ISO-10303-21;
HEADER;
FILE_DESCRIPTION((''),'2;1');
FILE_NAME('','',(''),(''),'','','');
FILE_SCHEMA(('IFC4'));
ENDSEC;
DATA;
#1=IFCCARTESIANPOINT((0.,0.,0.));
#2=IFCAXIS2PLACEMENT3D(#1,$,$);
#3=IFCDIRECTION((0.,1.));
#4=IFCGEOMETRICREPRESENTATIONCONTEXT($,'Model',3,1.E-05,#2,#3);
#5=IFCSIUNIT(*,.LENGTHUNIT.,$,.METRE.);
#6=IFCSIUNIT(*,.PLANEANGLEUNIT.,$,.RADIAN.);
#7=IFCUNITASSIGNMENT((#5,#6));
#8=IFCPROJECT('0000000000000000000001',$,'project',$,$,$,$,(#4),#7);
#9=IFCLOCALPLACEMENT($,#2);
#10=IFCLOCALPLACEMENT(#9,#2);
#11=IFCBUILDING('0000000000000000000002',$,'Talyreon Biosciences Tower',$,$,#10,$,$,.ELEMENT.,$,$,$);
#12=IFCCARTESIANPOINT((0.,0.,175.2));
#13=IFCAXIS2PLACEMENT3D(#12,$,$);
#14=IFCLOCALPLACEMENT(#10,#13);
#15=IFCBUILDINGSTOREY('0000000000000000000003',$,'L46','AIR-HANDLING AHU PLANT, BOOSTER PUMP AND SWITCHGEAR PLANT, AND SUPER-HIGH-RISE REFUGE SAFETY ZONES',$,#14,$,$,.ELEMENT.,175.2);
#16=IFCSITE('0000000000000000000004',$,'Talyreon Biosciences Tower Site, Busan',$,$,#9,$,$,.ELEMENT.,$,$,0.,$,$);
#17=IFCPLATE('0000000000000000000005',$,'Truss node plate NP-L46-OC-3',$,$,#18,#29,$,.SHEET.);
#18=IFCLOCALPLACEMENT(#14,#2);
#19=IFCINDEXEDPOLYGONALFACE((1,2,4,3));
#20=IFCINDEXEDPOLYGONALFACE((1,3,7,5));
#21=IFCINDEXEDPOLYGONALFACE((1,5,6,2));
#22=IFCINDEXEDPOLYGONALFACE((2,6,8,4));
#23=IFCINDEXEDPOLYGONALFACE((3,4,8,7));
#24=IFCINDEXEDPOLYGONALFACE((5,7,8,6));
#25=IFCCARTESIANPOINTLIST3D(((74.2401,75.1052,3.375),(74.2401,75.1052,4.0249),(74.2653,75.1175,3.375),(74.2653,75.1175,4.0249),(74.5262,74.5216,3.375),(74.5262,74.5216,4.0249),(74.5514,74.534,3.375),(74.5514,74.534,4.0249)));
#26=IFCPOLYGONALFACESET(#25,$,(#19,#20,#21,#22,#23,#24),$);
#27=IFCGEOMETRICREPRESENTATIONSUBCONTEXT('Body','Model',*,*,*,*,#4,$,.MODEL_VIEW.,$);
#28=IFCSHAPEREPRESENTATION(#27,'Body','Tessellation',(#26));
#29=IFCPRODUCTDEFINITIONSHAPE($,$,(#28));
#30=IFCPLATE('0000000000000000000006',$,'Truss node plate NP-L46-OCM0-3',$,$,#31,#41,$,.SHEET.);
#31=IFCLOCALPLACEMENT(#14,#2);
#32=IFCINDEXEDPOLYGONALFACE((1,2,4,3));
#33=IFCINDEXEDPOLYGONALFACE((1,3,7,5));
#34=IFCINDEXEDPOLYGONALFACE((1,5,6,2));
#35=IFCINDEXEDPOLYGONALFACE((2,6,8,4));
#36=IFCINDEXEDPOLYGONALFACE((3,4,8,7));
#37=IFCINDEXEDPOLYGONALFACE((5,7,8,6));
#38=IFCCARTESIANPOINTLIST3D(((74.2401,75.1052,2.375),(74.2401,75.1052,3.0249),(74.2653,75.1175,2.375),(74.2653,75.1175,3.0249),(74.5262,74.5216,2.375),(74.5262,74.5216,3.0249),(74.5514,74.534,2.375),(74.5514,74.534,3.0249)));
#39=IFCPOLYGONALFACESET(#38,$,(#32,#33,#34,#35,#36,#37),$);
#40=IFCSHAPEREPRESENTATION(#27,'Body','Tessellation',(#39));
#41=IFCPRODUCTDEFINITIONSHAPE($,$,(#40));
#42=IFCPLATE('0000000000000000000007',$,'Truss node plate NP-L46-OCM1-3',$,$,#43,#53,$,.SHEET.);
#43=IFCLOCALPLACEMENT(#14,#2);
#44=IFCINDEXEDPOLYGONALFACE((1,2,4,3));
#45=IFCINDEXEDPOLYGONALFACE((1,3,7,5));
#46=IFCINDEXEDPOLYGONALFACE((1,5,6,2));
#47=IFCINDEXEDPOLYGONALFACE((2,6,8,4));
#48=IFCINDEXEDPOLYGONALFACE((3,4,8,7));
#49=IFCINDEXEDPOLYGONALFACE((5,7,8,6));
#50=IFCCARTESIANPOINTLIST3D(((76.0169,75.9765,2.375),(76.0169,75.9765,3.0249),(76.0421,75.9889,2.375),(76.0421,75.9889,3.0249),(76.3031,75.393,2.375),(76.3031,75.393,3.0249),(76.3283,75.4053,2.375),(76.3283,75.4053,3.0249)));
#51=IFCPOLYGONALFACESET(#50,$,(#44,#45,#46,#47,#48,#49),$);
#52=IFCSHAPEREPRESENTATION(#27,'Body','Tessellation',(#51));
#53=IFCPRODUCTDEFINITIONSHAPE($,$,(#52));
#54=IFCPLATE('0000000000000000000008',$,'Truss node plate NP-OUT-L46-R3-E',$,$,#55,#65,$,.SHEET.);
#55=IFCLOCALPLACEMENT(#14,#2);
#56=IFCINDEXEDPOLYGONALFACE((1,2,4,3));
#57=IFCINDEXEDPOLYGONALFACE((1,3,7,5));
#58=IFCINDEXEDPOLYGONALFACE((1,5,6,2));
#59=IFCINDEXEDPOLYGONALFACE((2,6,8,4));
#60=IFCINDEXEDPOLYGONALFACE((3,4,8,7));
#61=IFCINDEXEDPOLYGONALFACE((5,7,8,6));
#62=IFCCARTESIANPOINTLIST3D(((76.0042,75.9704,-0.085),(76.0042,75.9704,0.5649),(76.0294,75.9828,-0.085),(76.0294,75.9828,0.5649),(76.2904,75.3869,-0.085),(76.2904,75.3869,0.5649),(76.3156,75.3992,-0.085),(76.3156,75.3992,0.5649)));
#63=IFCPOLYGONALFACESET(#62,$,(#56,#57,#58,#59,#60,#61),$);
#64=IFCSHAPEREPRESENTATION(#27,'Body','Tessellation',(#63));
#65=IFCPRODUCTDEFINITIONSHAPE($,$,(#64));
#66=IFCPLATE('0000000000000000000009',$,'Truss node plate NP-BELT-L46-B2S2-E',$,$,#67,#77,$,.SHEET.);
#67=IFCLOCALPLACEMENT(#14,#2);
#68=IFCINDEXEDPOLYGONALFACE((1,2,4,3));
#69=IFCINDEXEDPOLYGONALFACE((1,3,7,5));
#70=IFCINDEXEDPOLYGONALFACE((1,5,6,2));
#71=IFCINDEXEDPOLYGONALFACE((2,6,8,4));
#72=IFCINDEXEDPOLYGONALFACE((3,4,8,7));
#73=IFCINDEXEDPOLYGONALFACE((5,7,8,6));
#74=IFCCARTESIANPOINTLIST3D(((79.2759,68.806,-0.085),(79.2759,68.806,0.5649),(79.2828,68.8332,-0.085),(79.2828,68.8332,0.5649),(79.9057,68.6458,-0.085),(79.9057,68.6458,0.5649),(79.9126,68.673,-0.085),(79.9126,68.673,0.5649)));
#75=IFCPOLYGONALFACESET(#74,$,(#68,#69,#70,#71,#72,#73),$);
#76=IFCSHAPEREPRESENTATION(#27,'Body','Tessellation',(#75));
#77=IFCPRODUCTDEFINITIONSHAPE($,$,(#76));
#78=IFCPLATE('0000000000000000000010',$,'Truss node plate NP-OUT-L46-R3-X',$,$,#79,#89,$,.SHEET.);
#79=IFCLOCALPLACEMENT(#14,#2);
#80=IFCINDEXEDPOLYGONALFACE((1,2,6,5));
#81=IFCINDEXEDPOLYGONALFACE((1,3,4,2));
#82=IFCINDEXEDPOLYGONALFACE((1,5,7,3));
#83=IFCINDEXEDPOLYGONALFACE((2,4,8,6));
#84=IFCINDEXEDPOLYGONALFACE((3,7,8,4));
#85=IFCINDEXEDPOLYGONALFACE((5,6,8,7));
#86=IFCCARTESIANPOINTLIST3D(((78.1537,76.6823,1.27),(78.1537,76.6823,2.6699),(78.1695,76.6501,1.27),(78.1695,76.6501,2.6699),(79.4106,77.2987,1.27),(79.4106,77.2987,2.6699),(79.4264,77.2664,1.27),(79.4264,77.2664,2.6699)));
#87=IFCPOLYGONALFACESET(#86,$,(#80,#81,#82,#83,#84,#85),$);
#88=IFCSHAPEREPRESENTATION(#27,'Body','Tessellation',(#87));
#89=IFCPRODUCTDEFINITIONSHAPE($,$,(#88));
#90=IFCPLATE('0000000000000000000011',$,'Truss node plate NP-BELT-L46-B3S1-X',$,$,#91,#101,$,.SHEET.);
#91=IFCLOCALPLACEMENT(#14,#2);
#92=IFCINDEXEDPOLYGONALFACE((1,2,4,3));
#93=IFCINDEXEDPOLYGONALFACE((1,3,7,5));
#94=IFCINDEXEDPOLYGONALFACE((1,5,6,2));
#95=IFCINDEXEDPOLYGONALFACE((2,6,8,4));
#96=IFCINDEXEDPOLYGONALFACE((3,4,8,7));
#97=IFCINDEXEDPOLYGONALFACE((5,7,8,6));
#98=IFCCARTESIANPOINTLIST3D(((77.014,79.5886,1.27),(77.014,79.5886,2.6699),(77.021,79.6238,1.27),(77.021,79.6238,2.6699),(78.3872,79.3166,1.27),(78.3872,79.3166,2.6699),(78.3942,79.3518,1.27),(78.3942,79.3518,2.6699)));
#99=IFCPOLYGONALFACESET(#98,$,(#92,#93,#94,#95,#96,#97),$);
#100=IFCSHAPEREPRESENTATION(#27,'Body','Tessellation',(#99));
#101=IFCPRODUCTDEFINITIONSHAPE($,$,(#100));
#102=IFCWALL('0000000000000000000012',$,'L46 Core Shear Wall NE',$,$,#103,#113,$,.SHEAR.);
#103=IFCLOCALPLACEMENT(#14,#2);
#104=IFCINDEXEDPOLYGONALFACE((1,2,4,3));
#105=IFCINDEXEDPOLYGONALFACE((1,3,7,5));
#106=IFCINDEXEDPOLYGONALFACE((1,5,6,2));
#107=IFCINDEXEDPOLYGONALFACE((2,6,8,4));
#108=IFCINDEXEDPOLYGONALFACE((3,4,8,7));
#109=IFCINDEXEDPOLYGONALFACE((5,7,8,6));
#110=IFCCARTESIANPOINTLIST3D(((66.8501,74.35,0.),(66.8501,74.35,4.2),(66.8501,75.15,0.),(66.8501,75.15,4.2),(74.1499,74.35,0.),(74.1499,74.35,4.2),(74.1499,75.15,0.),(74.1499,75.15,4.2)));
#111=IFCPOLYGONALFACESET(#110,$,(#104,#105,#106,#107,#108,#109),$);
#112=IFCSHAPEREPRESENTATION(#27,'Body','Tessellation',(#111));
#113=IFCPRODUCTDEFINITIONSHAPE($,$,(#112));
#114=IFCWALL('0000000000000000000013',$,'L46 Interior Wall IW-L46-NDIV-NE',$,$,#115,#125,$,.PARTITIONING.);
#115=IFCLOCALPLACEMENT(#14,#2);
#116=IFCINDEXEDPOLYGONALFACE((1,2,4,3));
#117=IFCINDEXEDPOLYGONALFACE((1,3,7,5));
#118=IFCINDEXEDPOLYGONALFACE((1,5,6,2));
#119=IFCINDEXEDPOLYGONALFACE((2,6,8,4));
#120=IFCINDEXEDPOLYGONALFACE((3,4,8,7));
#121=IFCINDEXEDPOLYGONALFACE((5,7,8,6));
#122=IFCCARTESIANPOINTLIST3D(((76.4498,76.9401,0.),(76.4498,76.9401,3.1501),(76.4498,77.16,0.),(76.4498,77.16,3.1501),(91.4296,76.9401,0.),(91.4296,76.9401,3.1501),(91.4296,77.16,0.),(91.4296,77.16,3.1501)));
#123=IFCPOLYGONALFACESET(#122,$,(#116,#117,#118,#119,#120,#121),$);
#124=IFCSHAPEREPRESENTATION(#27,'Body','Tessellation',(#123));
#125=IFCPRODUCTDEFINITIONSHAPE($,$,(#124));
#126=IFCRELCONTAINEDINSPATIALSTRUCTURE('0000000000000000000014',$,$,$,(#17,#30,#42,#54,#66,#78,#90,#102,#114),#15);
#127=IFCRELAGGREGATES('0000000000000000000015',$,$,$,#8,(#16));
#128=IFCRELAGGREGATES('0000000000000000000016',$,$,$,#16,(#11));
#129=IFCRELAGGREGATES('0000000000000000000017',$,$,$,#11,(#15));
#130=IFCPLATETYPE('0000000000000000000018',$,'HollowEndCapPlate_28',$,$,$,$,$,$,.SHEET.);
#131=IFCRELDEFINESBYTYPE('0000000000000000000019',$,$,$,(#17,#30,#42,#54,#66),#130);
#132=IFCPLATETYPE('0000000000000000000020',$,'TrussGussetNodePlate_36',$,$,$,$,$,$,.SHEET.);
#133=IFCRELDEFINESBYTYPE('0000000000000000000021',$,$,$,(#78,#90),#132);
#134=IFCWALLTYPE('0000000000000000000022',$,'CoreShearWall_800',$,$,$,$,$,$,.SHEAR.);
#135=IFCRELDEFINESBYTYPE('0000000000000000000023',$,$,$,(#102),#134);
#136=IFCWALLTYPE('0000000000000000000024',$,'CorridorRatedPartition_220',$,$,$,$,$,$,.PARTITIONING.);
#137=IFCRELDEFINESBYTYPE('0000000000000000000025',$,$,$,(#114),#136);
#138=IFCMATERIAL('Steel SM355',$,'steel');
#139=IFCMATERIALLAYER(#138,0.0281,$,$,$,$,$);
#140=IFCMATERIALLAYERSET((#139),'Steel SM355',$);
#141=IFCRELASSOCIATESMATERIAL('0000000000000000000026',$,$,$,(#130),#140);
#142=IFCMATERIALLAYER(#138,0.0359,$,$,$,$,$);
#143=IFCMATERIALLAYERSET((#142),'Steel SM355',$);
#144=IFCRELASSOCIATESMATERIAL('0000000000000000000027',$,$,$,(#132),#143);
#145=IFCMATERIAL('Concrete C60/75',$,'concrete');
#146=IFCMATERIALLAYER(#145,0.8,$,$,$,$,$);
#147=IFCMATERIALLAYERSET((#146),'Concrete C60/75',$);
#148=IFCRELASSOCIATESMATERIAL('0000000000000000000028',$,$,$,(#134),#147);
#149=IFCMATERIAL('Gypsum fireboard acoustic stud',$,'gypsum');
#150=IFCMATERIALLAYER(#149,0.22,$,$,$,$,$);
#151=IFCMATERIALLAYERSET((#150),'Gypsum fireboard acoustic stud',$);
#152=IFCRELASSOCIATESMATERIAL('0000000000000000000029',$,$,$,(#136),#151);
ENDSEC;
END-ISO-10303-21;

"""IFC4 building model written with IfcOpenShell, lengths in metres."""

from ifc_helpers import new_model, si_unit, direction, frame, frame_2d, origin, origin_2d, place, context, subcontext, project, spatial, rectangle, extrude, material, layer, layer_set, type_object, element, save


model = new_model("IFC4")

# Units and contexts
model_context = context("Model", 3, precision=1e-05, world=origin(), true_north=direction((0.0, 1.0)))
body_context = subcontext(model_context, "Body", "Model", "MODEL_VIEW")
ifc_project = project(units=[si_unit("LENGTHUNIT", "METRE"), si_unit("PLANEANGLEUNIT", "RADIAN")], contexts=[model_context])

# Site, building, storey
site_placement = place(None, origin())
site = spatial("IfcSite", under=ifc_project, at=site_placement, Name="Talyreon Biosciences Tower Site, Busan", CompositionType="ELEMENT", RefElevation=0.0)
building_placement = place(site_placement, origin())
building = spatial("IfcBuilding", under=site, at=building_placement, Name="Talyreon Biosciences Tower", CompositionType="ELEMENT")
storey_placement = place(building_placement, frame((0.0, 0.0, 175.2)))
storey = spatial("IfcBuildingStorey", under=building, at=storey_placement, Name="L46", Description="AIR-HANDLING AHU PLANT, BOOSTER PUMP AND SWITCHGEAR PLANT, AND SUPER-HIGH-RISE REFUGE SAFETY ZONES", CompositionType="ELEMENT", Elevation=175.2)

# Shared definitions
ifc_material_1 = material(Name="Steel SM355", Category="steel")

# Plates
ifc_layer_1 = layer(ifc_material_1, 0.0281)
ifc_layer_set_1 = layer_set([ifc_layer_1], Name="Steel SM355")
plate_type_1 = type_object("IfcPlateType", Name="HollowEndCapPlate_28", PredefinedType="SHEET", material=ifc_layer_set_1)
for number, where, z_axis, x_axis, name in (
    (1, (74.3958, 74.8196, 3.375), (0.0, 0.0, 1.0), (-0.440284, 0.897859, 0.0), "Truss node plate NP-L46-OC-3"),
    (2, (74.3958, 74.8196, 2.375), (0.0, 0.0, 1.0), (-0.440284, 0.897859, 0.0), "Truss node plate NP-L46-OCM0-3"),
    (3, (76.1726, 75.6909, 2.375), (0.0, 0.0, 1.0), (-0.440284, 0.897859, 0.0), "Truss node plate NP-L46-OCM1-3"),
    (4, (76.1599, 75.6848, -0.085), (0.0, 0.0, 1.0), (-0.440284, 0.897859, 0.0), "Truss node plate NP-OUT-L46-R3-E"),
    (5, (79.5942, 68.7395, -0.085), (0.0, 0.0, 1.0), (-0.969132, 0.246542, 0.0), "Truss node plate NP-BELT-L46-B2S2-E"),
):
    element("IfcPlate", number, at=place(storey_placement, frame(where, z_axis=z_axis, x_axis=x_axis)), inside=storey, type_object=plate_type_1, Name=name, PredefinedType="SHEET", context=body_context, shape_type="SweptSolid", body=[
        extrude(rectangle(XDim=0.6499, YDim=0.0281, at=origin_2d()), origin(), (0.0, 0.0, 1.0), 0.6499),
    ])
ifc_layer_2 = layer(ifc_material_1, 0.0359)
ifc_layer_set_2 = layer_set([ifc_layer_2], Name="Steel SM355")
plate_type_2 = type_object("IfcPlateType", Name="TrussGussetNodePlate_36", PredefinedType="SHEET", material=ifc_layer_set_2)
for number, where, z_axis, x_axis, name in (
    (6, (78.79, 76.9744, 1.27), (0.0, 0.0, 1.0), (0.897859, 0.440284, 0.0), "Truss node plate NP-OUT-L46-R3-X"),
    (7, (77.7041, 79.4702, 1.27), (0.0, 0.0, 1.0), (-0.980935, 0.194337, 0.0), "Truss node plate NP-BELT-L46-B3S1-X"),
):
    element("IfcPlate", number, at=place(storey_placement, frame(where, z_axis=z_axis, x_axis=x_axis)), inside=storey, type_object=plate_type_2, Name=name, PredefinedType="SHEET", context=body_context, shape_type="SweptSolid", body=[
        extrude(rectangle(XDim=1.3999, YDim=0.0359, at=origin_2d()), origin(), (0.0, 0.0, 1.0), 1.3999),
    ])

# Walls
ifc_material_2 = material(Name="Concrete C60/75", Category="concrete")
ifc_layer_3 = layer(ifc_material_2, 0.8)
ifc_layer_set_3 = layer_set([ifc_layer_3], Name="Concrete C60/75")
wall_type_1 = type_object("IfcWallType", Name="CoreShearWall_800", PredefinedType="SHEAR", material=ifc_layer_set_3)
wall_1_placement = place(storey_placement, frame((74.1499, 74.75, 0.0), z_axis=(0.0, 0.0, 1.0), x_axis=(-1.0, 0.0, 0.0)))
element("IfcWall", 8, at=wall_1_placement, inside=storey, type_object=wall_type_1, Name="L46 Core Shear Wall NE", PredefinedType="SHEAR", context=body_context, shape_type="SweptSolid", body=[
    extrude(rectangle(XDim=7.2998, YDim=0.8, at=frame_2d((3.6499, 0.0))), origin(), (0.0, 0.0, 1.0), 4.2),
])
ifc_material_3 = material(Name="Gypsum fireboard acoustic stud", Category="gypsum")
ifc_layer_4 = layer(ifc_material_3, 0.22)
ifc_layer_set_4 = layer_set([ifc_layer_4], Name="Gypsum fireboard acoustic stud")
wall_type_2 = type_object("IfcWallType", Name="CorridorRatedPartition_220", PredefinedType="PARTITIONING", material=ifc_layer_set_4)
wall_2_placement = place(storey_placement, frame((76.45, 77.05, 0.0), z_axis=(0.0, 0.0, 1.0), x_axis=(1.0, 0.0, 0.0)))
element("IfcWall", 9, at=wall_2_placement, inside=storey, type_object=wall_type_2, Name="L46 Interior Wall IW-L46-NDIV-NE", PredefinedType="PARTITIONING", context=body_context, shape_type="SweptSolid", body=[
    extrude(rectangle(XDim=14.9797, YDim=0.22, at=frame_2d((7.4897, 0.0))), origin(), (0.0, 0.0, 1.0), 3.1501),
])

save(model, "model.ifc")
